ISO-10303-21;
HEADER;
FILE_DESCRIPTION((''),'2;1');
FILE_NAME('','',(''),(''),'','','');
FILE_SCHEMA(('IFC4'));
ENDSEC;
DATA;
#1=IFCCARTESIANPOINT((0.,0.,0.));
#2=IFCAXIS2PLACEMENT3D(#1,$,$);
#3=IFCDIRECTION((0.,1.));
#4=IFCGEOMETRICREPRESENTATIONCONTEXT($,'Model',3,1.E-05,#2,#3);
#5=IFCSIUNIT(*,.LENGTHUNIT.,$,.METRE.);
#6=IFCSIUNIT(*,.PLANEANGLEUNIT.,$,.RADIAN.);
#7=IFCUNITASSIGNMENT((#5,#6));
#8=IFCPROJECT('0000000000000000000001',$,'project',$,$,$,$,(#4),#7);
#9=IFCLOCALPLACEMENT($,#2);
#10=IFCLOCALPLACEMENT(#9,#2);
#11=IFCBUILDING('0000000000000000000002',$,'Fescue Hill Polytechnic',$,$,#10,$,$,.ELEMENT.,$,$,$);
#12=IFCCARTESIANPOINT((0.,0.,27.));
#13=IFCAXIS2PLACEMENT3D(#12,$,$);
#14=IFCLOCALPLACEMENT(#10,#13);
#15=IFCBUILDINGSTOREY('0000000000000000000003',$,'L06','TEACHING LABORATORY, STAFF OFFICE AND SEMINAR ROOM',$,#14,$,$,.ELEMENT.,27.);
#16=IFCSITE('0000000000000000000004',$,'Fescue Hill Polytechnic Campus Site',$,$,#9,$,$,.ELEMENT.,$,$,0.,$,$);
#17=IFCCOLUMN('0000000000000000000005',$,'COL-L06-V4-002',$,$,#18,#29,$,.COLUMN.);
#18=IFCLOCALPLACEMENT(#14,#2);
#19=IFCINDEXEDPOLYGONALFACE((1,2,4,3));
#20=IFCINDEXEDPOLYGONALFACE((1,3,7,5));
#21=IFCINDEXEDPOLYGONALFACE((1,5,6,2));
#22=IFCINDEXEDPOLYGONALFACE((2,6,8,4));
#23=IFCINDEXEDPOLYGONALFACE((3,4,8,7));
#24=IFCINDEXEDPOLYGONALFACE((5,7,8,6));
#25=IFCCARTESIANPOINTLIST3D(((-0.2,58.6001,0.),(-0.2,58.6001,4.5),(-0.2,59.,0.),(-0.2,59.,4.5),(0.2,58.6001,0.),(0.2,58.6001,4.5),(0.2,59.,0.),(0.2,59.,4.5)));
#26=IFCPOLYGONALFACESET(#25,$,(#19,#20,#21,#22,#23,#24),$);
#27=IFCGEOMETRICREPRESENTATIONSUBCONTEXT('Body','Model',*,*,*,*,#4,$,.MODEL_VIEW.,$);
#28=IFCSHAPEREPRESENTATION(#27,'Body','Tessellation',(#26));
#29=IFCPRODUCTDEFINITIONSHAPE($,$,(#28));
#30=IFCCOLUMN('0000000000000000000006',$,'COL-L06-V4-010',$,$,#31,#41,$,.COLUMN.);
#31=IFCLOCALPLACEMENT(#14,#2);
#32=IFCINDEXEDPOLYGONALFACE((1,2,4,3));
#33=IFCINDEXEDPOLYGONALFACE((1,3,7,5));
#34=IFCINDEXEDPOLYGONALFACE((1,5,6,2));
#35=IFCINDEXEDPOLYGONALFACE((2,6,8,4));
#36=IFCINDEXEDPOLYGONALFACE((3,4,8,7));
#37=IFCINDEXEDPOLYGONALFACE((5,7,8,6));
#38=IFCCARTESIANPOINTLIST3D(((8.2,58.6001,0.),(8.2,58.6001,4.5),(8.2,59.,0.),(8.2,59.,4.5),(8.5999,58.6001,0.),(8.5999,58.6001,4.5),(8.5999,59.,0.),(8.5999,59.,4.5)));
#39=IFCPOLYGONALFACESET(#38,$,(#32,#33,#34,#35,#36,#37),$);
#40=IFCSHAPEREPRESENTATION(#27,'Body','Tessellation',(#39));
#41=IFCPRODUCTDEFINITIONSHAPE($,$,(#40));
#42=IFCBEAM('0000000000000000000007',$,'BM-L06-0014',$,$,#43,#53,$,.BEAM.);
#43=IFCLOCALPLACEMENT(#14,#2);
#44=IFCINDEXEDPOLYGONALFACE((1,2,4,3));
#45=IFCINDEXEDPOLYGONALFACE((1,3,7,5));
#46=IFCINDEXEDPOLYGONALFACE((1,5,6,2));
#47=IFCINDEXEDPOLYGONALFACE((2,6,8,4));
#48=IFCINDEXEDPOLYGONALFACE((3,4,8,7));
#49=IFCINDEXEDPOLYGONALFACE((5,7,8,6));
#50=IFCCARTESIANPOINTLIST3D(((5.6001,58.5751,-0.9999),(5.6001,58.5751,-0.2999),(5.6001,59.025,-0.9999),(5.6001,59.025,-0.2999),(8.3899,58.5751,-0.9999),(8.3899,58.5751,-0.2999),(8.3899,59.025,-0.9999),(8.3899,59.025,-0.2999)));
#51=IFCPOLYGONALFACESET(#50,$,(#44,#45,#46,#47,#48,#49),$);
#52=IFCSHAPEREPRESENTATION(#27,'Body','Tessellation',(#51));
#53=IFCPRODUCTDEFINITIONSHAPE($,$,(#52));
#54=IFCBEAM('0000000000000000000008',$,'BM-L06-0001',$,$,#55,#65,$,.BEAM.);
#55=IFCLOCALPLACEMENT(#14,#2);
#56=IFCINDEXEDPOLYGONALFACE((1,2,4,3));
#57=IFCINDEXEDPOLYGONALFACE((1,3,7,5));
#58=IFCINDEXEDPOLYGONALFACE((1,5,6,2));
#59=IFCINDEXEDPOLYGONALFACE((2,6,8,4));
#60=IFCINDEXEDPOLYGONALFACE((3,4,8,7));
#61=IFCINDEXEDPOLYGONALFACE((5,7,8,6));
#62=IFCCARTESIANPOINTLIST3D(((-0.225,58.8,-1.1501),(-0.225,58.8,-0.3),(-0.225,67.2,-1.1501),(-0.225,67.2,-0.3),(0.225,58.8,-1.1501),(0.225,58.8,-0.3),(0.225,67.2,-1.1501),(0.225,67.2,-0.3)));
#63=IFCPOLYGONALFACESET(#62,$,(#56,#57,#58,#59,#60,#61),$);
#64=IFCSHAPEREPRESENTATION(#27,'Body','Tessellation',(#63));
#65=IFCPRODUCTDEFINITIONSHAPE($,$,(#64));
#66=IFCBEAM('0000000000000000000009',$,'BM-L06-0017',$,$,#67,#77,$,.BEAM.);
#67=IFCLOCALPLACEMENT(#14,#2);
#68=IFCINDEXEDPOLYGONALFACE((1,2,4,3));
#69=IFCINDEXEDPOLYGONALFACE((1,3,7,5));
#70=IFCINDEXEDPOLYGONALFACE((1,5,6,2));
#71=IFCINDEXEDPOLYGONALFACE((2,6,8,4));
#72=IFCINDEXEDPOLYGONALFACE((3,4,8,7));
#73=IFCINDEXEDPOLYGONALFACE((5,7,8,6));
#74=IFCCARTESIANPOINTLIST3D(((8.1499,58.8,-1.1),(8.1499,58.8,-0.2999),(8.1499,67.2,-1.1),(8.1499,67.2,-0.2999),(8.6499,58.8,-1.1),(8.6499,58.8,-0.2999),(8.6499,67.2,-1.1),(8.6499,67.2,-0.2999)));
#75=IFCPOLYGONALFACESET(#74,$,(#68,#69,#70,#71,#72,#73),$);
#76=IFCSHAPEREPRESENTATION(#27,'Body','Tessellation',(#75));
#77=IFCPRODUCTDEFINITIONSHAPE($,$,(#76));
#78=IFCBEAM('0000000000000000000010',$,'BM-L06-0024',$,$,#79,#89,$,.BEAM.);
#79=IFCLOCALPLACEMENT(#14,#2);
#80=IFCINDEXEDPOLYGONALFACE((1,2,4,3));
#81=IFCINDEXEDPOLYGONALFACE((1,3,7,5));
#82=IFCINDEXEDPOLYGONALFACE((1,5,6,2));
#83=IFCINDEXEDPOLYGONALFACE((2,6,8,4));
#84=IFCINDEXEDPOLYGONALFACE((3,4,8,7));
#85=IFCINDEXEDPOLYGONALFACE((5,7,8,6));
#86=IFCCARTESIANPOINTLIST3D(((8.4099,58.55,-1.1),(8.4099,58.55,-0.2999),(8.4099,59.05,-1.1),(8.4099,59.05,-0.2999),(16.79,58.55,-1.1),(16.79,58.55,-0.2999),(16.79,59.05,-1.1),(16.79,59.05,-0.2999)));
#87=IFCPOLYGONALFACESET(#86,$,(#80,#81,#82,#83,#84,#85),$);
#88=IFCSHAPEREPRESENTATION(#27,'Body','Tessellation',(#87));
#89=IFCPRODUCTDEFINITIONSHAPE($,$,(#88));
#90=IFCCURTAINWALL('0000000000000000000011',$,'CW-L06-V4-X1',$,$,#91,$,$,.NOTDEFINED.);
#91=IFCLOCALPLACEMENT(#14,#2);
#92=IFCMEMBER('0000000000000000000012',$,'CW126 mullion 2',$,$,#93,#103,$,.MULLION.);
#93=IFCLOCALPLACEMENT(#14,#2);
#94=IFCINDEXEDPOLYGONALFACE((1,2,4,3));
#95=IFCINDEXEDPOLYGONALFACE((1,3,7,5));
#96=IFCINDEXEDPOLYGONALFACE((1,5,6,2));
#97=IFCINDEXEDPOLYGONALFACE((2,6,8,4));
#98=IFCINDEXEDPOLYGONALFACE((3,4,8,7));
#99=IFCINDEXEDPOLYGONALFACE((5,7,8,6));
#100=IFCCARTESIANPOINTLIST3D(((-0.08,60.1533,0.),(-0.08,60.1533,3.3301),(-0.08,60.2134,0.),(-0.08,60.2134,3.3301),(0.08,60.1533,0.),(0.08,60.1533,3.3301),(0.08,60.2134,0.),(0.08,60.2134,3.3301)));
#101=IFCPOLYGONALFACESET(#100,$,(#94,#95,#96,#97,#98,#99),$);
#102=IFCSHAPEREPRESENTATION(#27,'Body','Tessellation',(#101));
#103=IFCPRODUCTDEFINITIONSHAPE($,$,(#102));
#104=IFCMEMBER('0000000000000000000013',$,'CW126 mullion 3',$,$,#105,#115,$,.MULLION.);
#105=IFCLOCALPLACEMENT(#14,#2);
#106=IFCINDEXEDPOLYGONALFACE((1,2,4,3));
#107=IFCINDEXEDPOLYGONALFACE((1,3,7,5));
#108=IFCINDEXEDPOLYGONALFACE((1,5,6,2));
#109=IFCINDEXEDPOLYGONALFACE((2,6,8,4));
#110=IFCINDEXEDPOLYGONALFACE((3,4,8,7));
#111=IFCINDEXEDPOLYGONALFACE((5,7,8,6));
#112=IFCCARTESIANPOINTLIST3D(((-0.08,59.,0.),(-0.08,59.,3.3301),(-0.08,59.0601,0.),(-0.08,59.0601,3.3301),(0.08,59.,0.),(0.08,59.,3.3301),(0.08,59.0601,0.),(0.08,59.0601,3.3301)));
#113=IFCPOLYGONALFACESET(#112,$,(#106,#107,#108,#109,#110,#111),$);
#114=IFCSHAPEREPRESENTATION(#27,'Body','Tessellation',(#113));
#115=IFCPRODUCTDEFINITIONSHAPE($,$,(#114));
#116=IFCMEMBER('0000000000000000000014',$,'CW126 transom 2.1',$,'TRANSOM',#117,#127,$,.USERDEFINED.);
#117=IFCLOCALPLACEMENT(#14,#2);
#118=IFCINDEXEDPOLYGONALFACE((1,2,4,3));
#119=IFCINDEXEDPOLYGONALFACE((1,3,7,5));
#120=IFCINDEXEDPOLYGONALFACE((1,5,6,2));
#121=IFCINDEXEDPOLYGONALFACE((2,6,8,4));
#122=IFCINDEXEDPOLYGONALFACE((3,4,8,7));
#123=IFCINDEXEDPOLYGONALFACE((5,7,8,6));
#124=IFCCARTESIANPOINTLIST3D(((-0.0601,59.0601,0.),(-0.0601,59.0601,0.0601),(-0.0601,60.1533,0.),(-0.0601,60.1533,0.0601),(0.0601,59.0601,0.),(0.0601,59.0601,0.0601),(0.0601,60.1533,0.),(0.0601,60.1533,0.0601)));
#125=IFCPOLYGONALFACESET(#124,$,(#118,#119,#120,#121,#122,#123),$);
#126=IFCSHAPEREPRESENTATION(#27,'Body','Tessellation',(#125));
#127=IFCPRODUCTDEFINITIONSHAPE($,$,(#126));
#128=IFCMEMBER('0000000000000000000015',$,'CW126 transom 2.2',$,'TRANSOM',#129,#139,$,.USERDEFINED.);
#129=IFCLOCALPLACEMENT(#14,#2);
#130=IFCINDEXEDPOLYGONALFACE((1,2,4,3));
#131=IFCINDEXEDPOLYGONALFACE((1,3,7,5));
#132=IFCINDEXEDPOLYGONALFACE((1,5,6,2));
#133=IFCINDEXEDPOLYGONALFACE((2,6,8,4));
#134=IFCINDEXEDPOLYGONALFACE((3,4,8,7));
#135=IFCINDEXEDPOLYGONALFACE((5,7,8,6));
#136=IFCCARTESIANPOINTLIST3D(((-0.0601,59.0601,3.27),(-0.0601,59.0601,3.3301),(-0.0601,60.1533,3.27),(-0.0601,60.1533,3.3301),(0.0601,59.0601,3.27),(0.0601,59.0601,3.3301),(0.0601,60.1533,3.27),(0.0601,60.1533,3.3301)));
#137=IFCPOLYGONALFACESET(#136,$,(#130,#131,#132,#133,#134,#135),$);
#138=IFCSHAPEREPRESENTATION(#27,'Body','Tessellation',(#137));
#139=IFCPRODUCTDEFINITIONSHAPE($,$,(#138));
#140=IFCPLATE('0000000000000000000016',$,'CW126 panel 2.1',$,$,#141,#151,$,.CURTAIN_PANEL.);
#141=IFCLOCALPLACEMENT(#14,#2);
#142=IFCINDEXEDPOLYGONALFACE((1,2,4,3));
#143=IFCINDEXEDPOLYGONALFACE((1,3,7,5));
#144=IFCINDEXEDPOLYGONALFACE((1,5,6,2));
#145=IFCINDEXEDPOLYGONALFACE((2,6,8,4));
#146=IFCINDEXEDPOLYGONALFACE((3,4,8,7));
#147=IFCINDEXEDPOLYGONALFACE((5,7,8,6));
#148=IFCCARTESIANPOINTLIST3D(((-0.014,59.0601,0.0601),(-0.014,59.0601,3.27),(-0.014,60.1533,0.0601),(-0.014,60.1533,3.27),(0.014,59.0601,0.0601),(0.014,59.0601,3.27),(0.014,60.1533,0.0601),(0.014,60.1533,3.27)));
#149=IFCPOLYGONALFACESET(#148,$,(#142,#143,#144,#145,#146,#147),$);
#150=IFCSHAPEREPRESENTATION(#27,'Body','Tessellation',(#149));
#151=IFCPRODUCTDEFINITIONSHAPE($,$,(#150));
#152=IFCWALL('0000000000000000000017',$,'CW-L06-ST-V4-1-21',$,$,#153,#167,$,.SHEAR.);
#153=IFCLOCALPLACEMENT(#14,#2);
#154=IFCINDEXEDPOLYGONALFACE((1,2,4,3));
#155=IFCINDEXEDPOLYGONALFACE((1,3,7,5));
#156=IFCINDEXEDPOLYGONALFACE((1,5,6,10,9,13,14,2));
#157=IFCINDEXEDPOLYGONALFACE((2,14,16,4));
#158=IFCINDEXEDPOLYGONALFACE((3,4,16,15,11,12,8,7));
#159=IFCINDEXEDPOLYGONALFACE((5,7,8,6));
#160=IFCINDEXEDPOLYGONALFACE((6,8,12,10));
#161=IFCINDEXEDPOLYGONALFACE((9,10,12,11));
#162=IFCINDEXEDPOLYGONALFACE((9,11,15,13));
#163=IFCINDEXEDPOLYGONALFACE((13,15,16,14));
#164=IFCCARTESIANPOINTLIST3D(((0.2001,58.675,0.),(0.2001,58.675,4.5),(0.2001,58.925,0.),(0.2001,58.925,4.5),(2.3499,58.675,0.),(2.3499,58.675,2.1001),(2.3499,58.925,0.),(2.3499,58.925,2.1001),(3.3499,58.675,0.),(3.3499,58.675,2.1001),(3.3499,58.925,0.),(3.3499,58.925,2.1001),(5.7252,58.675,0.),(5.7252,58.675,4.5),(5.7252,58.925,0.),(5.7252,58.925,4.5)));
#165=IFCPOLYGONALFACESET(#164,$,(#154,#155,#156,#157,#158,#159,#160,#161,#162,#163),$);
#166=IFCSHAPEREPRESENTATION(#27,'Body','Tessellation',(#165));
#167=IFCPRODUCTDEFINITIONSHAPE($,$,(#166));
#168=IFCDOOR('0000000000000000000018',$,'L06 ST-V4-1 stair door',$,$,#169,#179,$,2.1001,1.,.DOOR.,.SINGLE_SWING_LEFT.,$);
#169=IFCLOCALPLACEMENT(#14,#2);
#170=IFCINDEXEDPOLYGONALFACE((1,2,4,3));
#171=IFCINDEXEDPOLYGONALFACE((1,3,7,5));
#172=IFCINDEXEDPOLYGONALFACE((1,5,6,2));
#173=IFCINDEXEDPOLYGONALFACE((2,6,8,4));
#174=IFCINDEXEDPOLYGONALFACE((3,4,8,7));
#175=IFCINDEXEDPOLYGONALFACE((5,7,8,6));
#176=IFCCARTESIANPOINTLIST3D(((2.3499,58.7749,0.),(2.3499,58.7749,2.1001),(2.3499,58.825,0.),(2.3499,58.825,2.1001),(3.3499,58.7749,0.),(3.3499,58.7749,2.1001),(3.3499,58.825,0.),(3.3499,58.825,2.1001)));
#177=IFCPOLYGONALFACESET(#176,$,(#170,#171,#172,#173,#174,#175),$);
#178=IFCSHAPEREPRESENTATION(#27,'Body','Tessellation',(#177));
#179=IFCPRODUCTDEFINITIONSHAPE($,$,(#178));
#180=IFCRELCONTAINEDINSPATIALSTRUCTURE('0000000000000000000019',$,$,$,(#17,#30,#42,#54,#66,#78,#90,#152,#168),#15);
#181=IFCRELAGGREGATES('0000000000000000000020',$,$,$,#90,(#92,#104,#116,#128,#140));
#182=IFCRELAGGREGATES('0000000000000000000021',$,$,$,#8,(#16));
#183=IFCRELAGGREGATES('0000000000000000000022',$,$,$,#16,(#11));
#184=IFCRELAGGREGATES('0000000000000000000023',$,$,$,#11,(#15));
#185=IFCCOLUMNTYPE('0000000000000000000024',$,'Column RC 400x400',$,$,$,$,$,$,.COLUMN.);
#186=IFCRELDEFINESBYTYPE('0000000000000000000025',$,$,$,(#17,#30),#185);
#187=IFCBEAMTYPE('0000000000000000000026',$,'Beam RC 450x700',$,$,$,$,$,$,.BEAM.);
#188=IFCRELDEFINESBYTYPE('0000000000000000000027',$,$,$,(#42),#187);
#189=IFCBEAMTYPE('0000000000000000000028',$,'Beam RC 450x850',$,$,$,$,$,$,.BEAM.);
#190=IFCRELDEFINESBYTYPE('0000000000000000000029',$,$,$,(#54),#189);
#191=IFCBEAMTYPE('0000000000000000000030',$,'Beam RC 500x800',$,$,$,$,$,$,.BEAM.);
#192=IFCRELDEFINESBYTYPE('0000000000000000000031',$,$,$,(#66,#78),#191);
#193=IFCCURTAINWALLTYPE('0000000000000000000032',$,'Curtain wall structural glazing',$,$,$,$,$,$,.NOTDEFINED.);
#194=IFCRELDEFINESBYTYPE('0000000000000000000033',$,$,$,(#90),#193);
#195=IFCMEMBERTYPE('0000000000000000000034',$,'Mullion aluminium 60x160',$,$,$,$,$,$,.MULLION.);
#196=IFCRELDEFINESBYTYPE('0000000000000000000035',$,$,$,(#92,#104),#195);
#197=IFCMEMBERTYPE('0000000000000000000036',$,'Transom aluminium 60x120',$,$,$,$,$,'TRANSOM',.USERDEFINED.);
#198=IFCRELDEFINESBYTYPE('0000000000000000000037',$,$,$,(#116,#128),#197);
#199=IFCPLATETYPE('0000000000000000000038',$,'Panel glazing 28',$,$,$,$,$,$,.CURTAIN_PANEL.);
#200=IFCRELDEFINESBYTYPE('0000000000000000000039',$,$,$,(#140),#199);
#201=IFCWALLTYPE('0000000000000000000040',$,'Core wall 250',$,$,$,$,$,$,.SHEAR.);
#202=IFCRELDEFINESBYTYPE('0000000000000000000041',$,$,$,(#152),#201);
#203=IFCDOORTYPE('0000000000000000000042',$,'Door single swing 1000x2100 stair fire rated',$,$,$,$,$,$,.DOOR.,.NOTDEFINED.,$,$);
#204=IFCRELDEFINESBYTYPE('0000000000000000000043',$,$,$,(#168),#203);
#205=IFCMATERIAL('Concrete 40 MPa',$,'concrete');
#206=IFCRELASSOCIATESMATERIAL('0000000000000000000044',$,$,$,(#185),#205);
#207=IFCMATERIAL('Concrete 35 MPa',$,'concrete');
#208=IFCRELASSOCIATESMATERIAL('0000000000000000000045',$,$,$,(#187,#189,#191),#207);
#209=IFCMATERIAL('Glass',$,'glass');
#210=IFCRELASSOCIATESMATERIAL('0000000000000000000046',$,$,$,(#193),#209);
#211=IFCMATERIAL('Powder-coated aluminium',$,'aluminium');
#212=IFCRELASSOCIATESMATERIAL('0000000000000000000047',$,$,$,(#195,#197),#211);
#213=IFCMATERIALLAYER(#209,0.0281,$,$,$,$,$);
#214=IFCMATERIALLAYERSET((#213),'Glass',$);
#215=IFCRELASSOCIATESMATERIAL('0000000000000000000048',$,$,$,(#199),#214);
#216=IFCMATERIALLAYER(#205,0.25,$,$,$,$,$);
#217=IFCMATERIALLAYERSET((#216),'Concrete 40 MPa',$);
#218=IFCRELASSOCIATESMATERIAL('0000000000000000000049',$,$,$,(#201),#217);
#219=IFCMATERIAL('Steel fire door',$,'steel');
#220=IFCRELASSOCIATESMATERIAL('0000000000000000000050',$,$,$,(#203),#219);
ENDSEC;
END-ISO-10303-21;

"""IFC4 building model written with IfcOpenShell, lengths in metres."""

from ifc_helpers import new_model, si_unit, direction, frame, frame_2d, origin, origin_2d, place, context, subcontext, project, spatial, rectangle, extrude, material, layer, layer_set, material_profile, profile_set, type_object, element, fill, aggregate, save


model = new_model("IFC4")

# Units and contexts
model_context = context("Model", 3, precision=1e-05, world=origin(), true_north=direction((0.0, 1.0)))
body_context = subcontext(model_context, "Body", "Model", "MODEL_VIEW")
ifc_project = project(units=[si_unit("LENGTHUNIT", "METRE"), si_unit("PLANEANGLEUNIT", "RADIAN")], contexts=[model_context])

# Site, building, storey
site_placement = place(None, origin())
site = spatial("IfcSite", under=ifc_project, at=site_placement, Name="Fescue Hill Polytechnic Campus Site", CompositionType="ELEMENT", RefElevation=0.0)
building_placement = place(site_placement, origin())
building = spatial("IfcBuilding", under=site, at=building_placement, Name="Fescue Hill Polytechnic", CompositionType="ELEMENT")
storey_placement = place(building_placement, frame((0.0, 0.0, 27.0)))
storey = spatial("IfcBuildingStorey", under=building, at=storey_placement, Name="L06", Description="TEACHING LABORATORY, STAFF OFFICE AND SEMINAR ROOM", CompositionType="ELEMENT", Elevation=27.0)

# Columns
ifc_material_1 = material(Name="Concrete 40 MPa", Category="concrete")
ifc_material_profile_1 = material_profile(ifc_material_1, rectangle(XDim=0.3999, YDim=0.3999, at=origin_2d()), Name="RC 400x400")
ifc_profile_set_1 = profile_set([ifc_material_profile_1], Name="Concrete 40 MPa")
column_type = type_object("IfcColumnType", Name="Column RC 400x400", PredefinedType="COLUMN", material=ifc_profile_set_1)
for number, where, z_axis, x_axis, name in (
    (1, (0.0, 58.8, 0.0), (0.0, 0.0, 1.0), (1.0, 0.0, 0.0), "COL-L06-V4-002"),
    (2, (8.3999, 58.8, 0.0), (0.0, 0.0, 1.0), (1.0, 0.0, 0.0), "COL-L06-V4-010"),
):
    element("IfcColumn", number, at=place(storey_placement, frame(where, z_axis=z_axis, x_axis=x_axis)), inside=storey, type_object=column_type, Name=name, PredefinedType="COLUMN", context=body_context, shape_type="SweptSolid", body=[
        extrude(rectangle(XDim=0.3999, YDim=0.3999, at=origin_2d()), origin(), (0.0, 0.0, 1.0), 4.5),
    ])

# Beams
ifc_material_2 = material(Name="Concrete 35 MPa", Category="concrete")
ifc_material_profile_2 = material_profile(ifc_material_2, rectangle(XDim=0.45, YDim=0.7, at=origin_2d()), Name="RC 450x700")
ifc_profile_set_2 = profile_set([ifc_material_profile_2], Name="Concrete 35 MPa")
beam_type_1 = type_object("IfcBeamType", Name="Beam RC 450x700", PredefinedType="BEAM", material=ifc_profile_set_2)
beam_1_placement = place(storey_placement, frame((5.6001, 58.8, -0.6499), z_axis=(1.0, 0.0, 0.0), x_axis=(0.0, 1.0, 0.0)))
element("IfcBeam", 3, at=beam_1_placement, inside=storey, type_object=beam_type_1, Name="BM-L06-0014", PredefinedType="BEAM", context=body_context, shape_type="SweptSolid", body=[
    extrude(rectangle(XDim=0.45, YDim=0.7, at=origin_2d()), origin(), (0.0, 0.0, 1.0), 2.7898),
])
ifc_material_profile_3 = material_profile(ifc_material_2, rectangle(XDim=0.45, YDim=0.8501, at=origin_2d()), Name="RC 450x850")
ifc_profile_set_3 = profile_set([ifc_material_profile_3], Name="Concrete 35 MPa")
beam_type_2 = type_object("IfcBeamType", Name="Beam RC 450x850", PredefinedType="BEAM", material=ifc_profile_set_3)
beam_2_placement = place(storey_placement, frame((0.0, 58.8, -0.7251), z_axis=(0.0, 1.0, 0.0), x_axis=(-1.0, 0.0, 0.0)))
element("IfcBeam", 4, at=beam_2_placement, inside=storey, type_object=beam_type_2, Name="BM-L06-0001", PredefinedType="BEAM", context=body_context, shape_type="SweptSolid", body=[
    extrude(rectangle(XDim=0.45, YDim=0.8501, at=origin_2d()), origin(), (0.0, 0.0, 1.0), 8.3999),
])
ifc_material_profile_4 = material_profile(ifc_material_2, rectangle(XDim=0.5, YDim=0.8, at=origin_2d()), Name="RC 500x800")
ifc_profile_set_4 = profile_set([ifc_material_profile_4], Name="Concrete 35 MPa")
beam_type_3 = type_object("IfcBeamType", Name="Beam RC 500x800", PredefinedType="BEAM", material=ifc_profile_set_4)
beam_3_placement = place(storey_placement, frame((8.3999, 58.8, -0.7), z_axis=(0.0, 1.0, 0.0), x_axis=(-1.0, 0.0, 0.0)))
element("IfcBeam", 5, at=beam_3_placement, inside=storey, type_object=beam_type_3, Name="BM-L06-0017", PredefinedType="BEAM", context=body_context, shape_type="SweptSolid", body=[
    extrude(rectangle(XDim=0.5, YDim=0.8, at=origin_2d()), origin(), (0.0, 0.0, 1.0), 8.3999),
])
beam_4_placement = place(storey_placement, frame((8.4099, 58.8, -0.7), z_axis=(1.0, 0.0, 0.0), x_axis=(0.0, 1.0, 0.0)))
element("IfcBeam", 6, at=beam_4_placement, inside=storey, type_object=beam_type_3, Name="BM-L06-0024", PredefinedType="BEAM", context=body_context, shape_type="SweptSolid", body=[
    extrude(rectangle(XDim=0.5, YDim=0.8, at=origin_2d()), origin(), (0.0, 0.0, 1.0), 8.3801),
])

# Curtain wall, members, plate
ifc_material_3 = material(Name="Glass", Category="glass")
curtain_wall_type = type_object("IfcCurtainWallType", Name="Curtain wall structural glazing", PredefinedType="NOTDEFINED", material=ifc_material_3)
curtain_wall_placement = place(storey_placement, origin())
curtain_wall = element("IfcCurtainWall", 7, at=curtain_wall_placement, inside=storey, type_object=curtain_wall_type, Name="CW-L06-V4-X1", PredefinedType="NOTDEFINED")
ifc_material_4 = material(Name="Powder-coated aluminium", Category="aluminium")
ifc_material_profile_5 = material_profile(ifc_material_4, rectangle(XDim=0.1599, YDim=0.0601, at=origin_2d()), Name="Mullion aluminium 60x160")
ifc_profile_set_5 = profile_set([ifc_material_profile_5], Name="Powder-coated aluminium")
member_type_1 = type_object("IfcMemberType", Name="Mullion aluminium 60x160", PredefinedType="MULLION", material=ifc_profile_set_5)
member_1_placement = place(storey_placement, frame((0.0, 60.1833, 0.0), z_axis=(0.0, 0.0, 1.0), x_axis=(1.0, 0.0, 0.0)))
member_1 = element("IfcMember", 8, at=member_1_placement, type_object=member_type_1, Name="CW126 mullion 2", PredefinedType="MULLION", context=body_context, shape_type="SweptSolid", body=[
    extrude(rectangle(XDim=0.1599, YDim=0.0601, at=origin_2d()), origin(), (0.0, 0.0, 1.0), 3.3301),
])
member_2_placement = place(storey_placement, frame((0.0, 59.03, 0.0), z_axis=(0.0, 0.0, 1.0), x_axis=(1.0, 0.0, 0.0)))
member_2 = element("IfcMember", 9, at=member_2_placement, type_object=member_type_1, Name="CW126 mullion 3", PredefinedType="MULLION", context=body_context, shape_type="SweptSolid", body=[
    extrude(rectangle(XDim=0.1599, YDim=0.0601, at=origin_2d()), origin(), (0.0, 0.0, 1.0), 3.3301),
])
ifc_material_profile_6 = material_profile(ifc_material_4, rectangle(XDim=0.1201, YDim=0.0601, at=origin_2d()), Name="Transom aluminium 60x120")
ifc_profile_set_6 = profile_set([ifc_material_profile_6], Name="Powder-coated aluminium")
member_type_2 = type_object("IfcMemberType", Name="Transom aluminium 60x120", ElementType="TRANSOM", PredefinedType="USERDEFINED", material=ifc_profile_set_6)
member_3_placement = place(storey_placement, frame((0.0, 60.1533, 0.03), z_axis=(0.0, -1.0, 0.0), x_axis=(1.0, 0.0, 0.0)))
member_3 = element("IfcMember", 10, at=member_3_placement, type_object=member_type_2, Name="CW126 transom 2.1", ObjectType="TRANSOM", PredefinedType="USERDEFINED", context=body_context, shape_type="SweptSolid", body=[
    extrude(rectangle(XDim=0.1201, YDim=0.0601, at=origin_2d()), origin(), (0.0, 0.0, 1.0), 1.0933),
])
member_4_placement = place(storey_placement, frame((0.0, 60.1533, 3.3), z_axis=(0.0, -1.0, 0.0), x_axis=(1.0, 0.0, 0.0)))
member_4 = element("IfcMember", 11, at=member_4_placement, type_object=member_type_2, Name="CW126 transom 2.2", ObjectType="TRANSOM", PredefinedType="USERDEFINED", context=body_context, shape_type="SweptSolid", body=[
    extrude(rectangle(XDim=0.1201, YDim=0.0601, at=origin_2d()), origin(), (0.0, 0.0, 1.0), 1.0933),
])
ifc_layer_1 = layer(ifc_material_3, 0.0281)
ifc_layer_set_1 = layer_set([ifc_layer_1], Name="Glass")
plate_type = type_object("IfcPlateType", Name="Panel glazing 28", PredefinedType="CURTAIN_PANEL", material=ifc_layer_set_1)
plate_placement = place(storey_placement, frame((0.0, 59.6067, 0.0601), z_axis=(0.0, 0.0, 1.0), x_axis=(0.0, -1.0, 0.0)))
plate = element("IfcPlate", 12, at=plate_placement, type_object=plate_type, Name="CW126 panel 2.1", PredefinedType="CURTAIN_PANEL", context=body_context, shape_type="SweptSolid", body=[
    extrude(rectangle(XDim=1.0933, YDim=0.0281, at=origin_2d()), origin(), (0.0, 0.0, 1.0), 3.21),
])
aggregate(curtain_wall, [member_1, member_2, member_3, member_4, plate])

# Wall, opening, door
ifc_layer_2 = layer(ifc_material_1, 0.25)
ifc_layer_set_2 = layer_set([ifc_layer_2], Name="Concrete 40 MPa")
wall_type_1 = type_object("IfcWallType", Name="Core wall 250", PredefinedType="SHEAR", material=ifc_layer_set_2)
wall_1_placement = place(storey_placement, frame((0.2, 58.8, 0.0), z_axis=(0.0, 0.0, 1.0), x_axis=(1.0, 0.0, 0.0)))
wall_1 = element("IfcWall", 13, at=wall_1_placement, inside=storey, type_object=wall_type_1, Name="CW-L06-ST-V4-1-21", PredefinedType="SHEAR", context=body_context, shape_type="SweptSolid", body=[
    extrude(rectangle(XDim=5.5251, YDim=0.25, at=frame_2d((2.7627, 0.0))), origin(), (0.0, 0.0, 1.0), 4.5),
])
opening_1_placement = place(wall_1_placement, frame((2.1499, 0.0, 0.0)))
opening_1 = element("IfcOpeningElement", 14, at=opening_1_placement, cuts=wall_1, PredefinedType="OPENING", context=body_context, shape_type="SweptSolid", body=[
    extrude(rectangle(XDim=1.0, YDim=2.1001, at=frame_2d((0.5, 1.05))), frame((0.0, 0.135, 0.0), z_axis=(0.0, -1.0, 0.0), x_axis=(1.0, 0.0, 0.0)), (0.0, 0.0, 1.0), 0.27),
])
ifc_material_5 = material(Name="Steel fire door", Category="steel")
door_type_1 = type_object("IfcDoorType", Name="Door single swing 1000x2100 stair fire rated", OperationType="NOTDEFINED", PredefinedType="DOOR", material=ifc_material_5)
door_1_placement = place(opening_1_placement, origin())
door_1 = element("IfcDoor", 15, at=door_1_placement, inside=storey, type_object=door_type_1, Name="L06 ST-V4-1 stair door", OperationType="SINGLE_SWING_LEFT", OverallHeight=2.1001, OverallWidth=1.0, PredefinedType="DOOR", context=body_context, shape_type="SweptSolid", body=[
    extrude(rectangle(XDim=1.0, YDim=2.1001, at=frame_2d((0.5, 1.05))), frame((0.0, 0.0249, 0.0), z_axis=(0.0, -1.0, 0.0), x_axis=(1.0, 0.0, 0.0)), (0.0, 0.0, 1.0), 0.05),
])
fill(opening_1, door_1)

save(model, "model.ifc")
